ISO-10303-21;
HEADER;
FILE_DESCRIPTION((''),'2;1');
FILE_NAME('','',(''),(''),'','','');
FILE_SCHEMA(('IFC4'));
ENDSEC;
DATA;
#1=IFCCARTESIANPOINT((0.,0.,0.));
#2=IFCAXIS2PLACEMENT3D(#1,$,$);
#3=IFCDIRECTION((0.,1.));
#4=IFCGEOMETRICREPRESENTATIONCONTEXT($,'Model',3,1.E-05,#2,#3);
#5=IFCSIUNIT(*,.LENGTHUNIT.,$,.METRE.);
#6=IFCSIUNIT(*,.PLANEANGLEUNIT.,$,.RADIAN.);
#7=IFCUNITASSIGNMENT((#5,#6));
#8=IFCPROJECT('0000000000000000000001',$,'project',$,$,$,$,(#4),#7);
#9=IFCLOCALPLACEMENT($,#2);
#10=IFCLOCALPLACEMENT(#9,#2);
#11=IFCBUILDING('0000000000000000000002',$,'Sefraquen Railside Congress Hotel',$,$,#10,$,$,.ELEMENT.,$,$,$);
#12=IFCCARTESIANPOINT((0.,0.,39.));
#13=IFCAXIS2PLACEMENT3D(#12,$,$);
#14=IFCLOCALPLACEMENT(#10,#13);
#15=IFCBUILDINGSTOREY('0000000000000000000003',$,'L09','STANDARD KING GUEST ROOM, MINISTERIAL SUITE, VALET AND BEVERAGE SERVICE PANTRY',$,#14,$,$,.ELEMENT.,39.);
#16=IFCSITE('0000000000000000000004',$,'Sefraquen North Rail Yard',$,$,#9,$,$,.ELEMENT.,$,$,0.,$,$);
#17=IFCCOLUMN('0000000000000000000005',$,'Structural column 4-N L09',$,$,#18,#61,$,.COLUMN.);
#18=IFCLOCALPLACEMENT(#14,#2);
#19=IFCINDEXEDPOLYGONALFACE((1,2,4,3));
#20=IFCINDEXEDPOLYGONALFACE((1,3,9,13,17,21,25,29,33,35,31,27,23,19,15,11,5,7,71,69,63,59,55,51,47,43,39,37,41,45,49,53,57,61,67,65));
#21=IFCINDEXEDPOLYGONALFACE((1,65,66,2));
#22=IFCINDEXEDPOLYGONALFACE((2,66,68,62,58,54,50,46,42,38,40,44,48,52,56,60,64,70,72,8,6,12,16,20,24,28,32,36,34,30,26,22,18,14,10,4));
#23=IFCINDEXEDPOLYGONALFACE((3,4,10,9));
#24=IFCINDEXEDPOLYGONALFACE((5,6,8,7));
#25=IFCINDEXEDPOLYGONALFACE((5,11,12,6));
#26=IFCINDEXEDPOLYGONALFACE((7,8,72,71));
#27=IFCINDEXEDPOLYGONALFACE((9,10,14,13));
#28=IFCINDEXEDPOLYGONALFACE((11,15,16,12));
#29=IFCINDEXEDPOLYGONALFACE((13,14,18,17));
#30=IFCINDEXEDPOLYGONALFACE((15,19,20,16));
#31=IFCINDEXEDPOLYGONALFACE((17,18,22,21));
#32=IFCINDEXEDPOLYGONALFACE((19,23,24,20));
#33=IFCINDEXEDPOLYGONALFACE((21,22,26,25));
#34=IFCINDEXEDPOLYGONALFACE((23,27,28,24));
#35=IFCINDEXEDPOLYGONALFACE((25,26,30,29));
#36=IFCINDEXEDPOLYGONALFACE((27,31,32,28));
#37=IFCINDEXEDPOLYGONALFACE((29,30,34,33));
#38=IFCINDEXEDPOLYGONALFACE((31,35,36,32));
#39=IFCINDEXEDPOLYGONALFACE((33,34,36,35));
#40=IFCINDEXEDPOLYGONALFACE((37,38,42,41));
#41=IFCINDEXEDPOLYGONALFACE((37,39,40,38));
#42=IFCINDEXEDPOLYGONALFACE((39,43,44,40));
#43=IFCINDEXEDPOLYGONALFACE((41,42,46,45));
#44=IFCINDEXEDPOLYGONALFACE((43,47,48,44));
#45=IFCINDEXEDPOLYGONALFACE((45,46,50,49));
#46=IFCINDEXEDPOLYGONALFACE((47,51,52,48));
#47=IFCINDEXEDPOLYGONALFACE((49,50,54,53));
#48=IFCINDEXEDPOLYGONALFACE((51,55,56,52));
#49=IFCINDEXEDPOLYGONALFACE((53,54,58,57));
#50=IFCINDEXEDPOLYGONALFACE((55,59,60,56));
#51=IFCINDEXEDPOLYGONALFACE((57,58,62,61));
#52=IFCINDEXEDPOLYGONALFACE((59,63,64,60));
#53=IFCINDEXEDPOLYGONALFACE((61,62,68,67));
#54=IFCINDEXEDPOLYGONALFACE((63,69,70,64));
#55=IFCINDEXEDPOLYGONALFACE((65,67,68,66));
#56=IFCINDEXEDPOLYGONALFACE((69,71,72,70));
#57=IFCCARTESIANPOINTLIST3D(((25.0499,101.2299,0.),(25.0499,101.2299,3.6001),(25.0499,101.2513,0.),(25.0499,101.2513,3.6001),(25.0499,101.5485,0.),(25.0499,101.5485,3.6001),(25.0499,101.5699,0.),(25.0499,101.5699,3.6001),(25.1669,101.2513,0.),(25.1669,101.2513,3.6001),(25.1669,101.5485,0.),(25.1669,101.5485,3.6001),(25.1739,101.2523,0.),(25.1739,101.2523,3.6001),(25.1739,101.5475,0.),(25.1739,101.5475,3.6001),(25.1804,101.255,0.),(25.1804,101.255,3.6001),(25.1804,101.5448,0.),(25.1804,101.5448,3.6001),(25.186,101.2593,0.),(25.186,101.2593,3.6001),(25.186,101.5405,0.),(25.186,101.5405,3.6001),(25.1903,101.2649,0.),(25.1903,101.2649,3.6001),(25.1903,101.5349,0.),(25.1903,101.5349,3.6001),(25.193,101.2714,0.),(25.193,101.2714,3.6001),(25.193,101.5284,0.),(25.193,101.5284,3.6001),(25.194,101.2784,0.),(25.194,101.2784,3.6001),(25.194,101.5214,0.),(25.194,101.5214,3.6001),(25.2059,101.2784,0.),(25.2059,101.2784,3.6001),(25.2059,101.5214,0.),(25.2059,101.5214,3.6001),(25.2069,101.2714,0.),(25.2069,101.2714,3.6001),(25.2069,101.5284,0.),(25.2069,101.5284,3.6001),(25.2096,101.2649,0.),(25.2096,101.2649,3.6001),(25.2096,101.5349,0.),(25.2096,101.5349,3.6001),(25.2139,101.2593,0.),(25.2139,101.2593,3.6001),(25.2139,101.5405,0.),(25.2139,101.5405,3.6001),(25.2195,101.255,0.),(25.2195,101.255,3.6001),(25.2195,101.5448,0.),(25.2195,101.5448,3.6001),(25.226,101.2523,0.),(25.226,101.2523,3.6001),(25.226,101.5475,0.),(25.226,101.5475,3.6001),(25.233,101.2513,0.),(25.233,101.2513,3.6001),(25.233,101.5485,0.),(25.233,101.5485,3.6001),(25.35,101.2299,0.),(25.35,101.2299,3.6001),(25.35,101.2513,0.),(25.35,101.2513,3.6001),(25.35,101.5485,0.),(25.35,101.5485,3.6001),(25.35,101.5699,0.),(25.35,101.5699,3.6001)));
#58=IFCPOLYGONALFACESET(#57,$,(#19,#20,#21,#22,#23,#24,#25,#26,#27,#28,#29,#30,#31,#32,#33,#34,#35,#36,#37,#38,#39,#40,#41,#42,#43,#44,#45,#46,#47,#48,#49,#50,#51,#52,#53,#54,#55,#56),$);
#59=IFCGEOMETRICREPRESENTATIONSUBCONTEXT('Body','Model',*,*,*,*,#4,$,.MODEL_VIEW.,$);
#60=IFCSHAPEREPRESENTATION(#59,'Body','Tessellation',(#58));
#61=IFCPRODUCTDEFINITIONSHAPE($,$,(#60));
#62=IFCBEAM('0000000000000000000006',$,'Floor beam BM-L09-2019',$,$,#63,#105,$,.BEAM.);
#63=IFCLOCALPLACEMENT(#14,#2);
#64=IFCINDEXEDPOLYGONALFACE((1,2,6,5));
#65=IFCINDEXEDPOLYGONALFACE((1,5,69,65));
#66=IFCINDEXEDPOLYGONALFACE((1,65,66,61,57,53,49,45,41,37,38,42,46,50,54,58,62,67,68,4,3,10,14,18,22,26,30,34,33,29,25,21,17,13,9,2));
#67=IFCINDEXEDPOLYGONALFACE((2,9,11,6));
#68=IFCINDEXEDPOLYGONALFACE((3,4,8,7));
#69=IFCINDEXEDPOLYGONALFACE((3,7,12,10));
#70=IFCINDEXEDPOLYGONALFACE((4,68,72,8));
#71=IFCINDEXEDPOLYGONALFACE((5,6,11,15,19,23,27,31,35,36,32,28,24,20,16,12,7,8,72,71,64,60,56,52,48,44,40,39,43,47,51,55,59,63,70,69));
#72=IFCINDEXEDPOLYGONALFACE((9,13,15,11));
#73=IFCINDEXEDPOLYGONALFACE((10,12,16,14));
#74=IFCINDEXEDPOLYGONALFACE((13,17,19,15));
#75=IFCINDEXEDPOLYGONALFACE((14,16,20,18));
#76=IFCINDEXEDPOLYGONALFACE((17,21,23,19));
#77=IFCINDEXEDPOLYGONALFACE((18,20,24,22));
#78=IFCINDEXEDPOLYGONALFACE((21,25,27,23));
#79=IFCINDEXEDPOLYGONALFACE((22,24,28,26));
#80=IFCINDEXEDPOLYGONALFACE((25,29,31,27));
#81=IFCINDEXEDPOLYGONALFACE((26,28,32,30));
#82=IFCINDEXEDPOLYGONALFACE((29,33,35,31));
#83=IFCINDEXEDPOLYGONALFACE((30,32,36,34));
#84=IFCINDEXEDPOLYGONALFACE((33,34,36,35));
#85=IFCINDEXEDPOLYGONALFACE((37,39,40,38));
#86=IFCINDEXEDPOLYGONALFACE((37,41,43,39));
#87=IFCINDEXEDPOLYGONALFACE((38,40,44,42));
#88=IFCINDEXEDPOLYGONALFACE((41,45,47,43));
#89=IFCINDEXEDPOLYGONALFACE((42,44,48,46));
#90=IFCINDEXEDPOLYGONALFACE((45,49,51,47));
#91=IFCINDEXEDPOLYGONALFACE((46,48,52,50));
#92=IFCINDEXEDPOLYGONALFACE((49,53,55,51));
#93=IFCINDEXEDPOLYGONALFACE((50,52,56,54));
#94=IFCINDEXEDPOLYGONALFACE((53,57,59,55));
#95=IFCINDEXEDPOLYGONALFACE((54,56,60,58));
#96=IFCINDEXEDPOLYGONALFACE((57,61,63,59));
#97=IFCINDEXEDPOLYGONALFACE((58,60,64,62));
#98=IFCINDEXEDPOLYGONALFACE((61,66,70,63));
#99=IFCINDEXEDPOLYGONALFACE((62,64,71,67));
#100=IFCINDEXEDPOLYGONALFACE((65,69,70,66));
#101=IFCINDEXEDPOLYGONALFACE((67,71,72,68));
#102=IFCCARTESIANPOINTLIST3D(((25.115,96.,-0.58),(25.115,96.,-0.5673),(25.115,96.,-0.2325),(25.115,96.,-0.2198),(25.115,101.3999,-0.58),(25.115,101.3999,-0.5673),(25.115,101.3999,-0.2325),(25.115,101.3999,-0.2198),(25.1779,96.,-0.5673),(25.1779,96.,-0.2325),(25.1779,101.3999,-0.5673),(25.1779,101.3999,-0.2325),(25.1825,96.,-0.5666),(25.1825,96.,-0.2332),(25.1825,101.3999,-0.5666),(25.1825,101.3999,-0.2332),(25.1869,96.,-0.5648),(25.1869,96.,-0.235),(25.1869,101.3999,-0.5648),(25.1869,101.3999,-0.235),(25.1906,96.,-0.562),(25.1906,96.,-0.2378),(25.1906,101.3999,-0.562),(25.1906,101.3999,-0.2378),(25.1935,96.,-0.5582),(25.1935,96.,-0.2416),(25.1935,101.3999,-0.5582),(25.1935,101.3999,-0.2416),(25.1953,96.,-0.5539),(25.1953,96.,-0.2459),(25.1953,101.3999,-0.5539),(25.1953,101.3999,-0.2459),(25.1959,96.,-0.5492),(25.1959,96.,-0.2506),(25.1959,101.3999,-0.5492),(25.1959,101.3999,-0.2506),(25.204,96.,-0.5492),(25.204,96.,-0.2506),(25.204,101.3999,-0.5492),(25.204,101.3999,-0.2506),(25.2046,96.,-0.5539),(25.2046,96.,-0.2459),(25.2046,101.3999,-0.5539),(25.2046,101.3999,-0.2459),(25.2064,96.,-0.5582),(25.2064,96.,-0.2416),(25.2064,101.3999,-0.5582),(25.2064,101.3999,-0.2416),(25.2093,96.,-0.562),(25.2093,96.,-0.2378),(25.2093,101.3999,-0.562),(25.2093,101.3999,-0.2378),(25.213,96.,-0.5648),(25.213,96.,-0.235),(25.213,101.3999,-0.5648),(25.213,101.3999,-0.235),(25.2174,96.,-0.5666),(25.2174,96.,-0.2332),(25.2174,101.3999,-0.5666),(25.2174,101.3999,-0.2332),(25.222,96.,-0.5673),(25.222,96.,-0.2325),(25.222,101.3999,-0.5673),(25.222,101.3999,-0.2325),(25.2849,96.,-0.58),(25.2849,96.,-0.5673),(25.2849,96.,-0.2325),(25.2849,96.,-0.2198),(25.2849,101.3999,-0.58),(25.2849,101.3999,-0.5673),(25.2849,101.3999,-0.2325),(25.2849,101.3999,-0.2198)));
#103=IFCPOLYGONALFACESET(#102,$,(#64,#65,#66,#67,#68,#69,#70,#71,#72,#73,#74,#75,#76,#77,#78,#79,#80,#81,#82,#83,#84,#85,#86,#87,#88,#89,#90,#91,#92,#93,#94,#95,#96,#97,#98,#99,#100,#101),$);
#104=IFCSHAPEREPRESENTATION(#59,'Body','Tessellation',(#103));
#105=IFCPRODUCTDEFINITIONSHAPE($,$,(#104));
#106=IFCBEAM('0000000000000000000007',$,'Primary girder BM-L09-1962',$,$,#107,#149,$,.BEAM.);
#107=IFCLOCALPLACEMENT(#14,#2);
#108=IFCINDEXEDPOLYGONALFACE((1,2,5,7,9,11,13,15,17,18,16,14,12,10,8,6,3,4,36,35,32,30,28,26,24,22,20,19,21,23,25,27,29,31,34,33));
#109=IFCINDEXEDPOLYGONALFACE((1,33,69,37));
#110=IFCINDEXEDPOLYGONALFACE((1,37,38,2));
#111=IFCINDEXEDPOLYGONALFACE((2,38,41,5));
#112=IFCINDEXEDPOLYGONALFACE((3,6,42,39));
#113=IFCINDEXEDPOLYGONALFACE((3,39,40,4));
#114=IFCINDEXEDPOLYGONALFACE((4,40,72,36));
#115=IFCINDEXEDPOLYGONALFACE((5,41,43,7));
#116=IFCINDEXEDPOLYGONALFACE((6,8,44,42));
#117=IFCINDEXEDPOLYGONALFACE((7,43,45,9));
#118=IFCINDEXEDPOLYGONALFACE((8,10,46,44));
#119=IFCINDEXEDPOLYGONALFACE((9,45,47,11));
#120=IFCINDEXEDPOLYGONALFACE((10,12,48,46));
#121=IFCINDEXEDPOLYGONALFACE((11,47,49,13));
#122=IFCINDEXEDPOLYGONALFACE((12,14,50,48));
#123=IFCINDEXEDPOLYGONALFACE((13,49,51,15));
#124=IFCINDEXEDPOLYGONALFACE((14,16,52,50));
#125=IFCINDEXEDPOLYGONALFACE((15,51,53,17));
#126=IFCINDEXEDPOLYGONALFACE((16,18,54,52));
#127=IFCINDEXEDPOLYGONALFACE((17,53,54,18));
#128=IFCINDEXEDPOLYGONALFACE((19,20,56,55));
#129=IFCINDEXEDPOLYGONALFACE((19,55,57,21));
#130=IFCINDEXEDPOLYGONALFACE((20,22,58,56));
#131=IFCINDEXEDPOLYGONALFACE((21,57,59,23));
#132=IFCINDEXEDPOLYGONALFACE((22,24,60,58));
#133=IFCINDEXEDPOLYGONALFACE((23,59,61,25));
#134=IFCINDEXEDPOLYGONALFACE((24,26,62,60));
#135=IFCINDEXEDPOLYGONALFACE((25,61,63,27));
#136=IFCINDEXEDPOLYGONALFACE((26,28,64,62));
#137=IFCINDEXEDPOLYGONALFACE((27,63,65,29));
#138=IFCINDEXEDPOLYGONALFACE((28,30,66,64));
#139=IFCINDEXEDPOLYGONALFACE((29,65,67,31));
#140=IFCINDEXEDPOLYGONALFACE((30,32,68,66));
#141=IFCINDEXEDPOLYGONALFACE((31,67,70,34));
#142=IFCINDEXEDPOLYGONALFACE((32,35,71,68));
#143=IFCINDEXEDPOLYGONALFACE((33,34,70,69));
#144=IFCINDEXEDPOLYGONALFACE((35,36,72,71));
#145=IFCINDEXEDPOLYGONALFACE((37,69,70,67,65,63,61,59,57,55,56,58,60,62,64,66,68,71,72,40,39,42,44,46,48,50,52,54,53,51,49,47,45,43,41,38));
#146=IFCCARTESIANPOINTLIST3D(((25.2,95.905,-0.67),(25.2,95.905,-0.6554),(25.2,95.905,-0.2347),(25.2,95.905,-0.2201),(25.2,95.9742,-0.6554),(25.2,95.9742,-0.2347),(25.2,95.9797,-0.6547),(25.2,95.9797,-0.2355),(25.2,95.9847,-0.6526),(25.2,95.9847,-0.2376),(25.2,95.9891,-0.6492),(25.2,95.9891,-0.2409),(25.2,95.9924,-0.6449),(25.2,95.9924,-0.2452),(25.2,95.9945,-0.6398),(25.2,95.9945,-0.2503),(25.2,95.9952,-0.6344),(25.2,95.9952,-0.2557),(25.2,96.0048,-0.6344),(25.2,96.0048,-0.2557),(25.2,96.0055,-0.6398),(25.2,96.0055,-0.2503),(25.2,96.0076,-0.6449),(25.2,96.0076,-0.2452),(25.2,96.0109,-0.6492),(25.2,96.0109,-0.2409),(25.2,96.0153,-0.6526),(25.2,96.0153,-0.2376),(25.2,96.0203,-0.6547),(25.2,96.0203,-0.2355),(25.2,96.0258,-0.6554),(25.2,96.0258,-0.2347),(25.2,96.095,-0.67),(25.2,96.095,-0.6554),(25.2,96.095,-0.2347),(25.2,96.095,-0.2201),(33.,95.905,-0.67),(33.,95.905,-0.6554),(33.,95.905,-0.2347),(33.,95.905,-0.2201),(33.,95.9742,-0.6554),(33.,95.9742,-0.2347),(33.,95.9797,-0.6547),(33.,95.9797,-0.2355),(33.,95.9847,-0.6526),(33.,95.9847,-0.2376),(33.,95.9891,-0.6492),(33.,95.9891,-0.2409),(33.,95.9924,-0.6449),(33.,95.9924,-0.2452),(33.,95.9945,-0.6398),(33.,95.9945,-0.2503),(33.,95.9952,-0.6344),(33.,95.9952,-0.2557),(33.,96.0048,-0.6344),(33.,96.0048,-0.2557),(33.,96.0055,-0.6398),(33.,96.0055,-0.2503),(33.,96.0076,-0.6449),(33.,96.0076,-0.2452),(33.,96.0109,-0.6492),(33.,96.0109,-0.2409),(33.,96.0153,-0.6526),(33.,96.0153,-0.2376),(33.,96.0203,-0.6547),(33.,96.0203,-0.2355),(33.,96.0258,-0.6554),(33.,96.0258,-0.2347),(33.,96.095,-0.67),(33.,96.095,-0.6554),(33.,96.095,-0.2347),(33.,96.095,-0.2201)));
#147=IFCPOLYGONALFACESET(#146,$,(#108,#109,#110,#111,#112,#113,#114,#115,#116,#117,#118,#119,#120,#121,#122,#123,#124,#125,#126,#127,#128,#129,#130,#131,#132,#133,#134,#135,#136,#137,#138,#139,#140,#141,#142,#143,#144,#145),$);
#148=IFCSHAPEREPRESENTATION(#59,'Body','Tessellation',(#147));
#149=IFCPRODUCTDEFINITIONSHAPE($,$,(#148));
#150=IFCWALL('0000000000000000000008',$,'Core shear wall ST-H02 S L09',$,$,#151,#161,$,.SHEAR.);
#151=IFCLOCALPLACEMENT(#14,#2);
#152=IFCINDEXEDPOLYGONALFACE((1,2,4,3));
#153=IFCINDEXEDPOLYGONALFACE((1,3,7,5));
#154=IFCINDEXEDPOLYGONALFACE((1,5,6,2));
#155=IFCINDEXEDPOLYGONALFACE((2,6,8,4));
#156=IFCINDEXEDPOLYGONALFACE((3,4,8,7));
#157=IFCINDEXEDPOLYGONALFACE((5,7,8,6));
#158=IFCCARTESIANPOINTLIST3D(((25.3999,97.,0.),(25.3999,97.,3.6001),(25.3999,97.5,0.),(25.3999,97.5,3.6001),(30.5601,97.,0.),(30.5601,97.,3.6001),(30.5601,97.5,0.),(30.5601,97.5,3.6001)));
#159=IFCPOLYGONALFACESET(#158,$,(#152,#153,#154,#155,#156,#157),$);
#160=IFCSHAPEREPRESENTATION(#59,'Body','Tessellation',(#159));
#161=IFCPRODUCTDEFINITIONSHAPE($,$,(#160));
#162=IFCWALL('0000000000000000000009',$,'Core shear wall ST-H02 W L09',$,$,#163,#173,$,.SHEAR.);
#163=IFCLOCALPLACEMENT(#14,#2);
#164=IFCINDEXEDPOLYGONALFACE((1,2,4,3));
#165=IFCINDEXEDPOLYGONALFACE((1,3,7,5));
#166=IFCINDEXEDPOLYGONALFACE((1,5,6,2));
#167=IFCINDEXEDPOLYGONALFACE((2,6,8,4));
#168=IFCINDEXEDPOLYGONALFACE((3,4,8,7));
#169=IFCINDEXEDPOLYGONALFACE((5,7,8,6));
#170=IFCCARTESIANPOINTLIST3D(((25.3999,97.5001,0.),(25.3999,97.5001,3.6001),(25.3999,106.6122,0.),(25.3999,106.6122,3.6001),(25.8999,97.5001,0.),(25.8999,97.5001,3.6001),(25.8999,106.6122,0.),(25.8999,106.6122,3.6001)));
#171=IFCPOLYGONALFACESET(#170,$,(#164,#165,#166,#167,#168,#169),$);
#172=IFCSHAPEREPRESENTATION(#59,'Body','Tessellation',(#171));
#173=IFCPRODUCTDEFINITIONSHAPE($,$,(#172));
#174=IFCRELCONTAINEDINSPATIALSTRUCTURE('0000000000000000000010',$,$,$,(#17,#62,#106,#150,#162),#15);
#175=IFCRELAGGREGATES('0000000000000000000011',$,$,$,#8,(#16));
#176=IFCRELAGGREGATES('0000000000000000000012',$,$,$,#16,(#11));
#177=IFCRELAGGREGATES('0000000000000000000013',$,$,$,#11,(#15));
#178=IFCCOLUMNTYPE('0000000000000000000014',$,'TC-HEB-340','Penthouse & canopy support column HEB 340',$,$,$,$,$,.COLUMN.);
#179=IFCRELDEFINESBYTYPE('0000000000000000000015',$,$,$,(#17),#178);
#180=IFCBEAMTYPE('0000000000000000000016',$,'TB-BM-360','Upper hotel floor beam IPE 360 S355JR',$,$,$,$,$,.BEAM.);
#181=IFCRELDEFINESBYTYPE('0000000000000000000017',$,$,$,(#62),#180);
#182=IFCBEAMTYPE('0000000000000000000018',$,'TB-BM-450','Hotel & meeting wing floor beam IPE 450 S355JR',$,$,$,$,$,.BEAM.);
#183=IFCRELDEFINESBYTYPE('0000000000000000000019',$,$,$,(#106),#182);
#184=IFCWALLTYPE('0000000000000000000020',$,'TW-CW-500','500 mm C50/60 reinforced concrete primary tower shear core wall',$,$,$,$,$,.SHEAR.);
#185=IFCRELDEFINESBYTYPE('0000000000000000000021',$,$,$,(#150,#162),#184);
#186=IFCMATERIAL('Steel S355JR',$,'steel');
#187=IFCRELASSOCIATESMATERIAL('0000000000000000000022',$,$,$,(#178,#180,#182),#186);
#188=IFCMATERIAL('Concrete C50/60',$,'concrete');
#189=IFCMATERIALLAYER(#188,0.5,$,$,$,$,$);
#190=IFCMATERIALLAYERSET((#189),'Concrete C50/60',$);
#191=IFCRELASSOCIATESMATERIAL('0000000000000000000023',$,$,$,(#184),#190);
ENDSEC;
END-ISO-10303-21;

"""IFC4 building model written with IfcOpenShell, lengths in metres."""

from ifc_helpers import new_model, si_unit, direction, frame, frame_2d, origin, origin_2d, place, context, subcontext, project, spatial, rectangle, i_section, extrude, material, layer, layer_set, material_profile, profile_set, type_object, element, save


model = new_model("IFC4")

# Units and contexts
model_context = context("Model", 3, precision=1e-05, world=origin(), true_north=direction((0.0, 1.0)))
body_context = subcontext(model_context, "Body", "Model", "MODEL_VIEW")
ifc_project = project(units=[si_unit("LENGTHUNIT", "METRE"), si_unit("PLANEANGLEUNIT", "RADIAN")], contexts=[model_context])

# Site, building, storey
site_placement = place(None, origin())
site = spatial("IfcSite", under=ifc_project, at=site_placement, Name="Sefraquen North Rail Yard", CompositionType="ELEMENT", RefElevation=0.0)
building_placement = place(site_placement, origin())
building = spatial("IfcBuilding", under=site, at=building_placement, Name="Sefraquen Railside Congress Hotel", CompositionType="ELEMENT")
storey_placement = place(building_placement, frame((0.0, 0.0, 39.0)))
storey = spatial("IfcBuildingStorey", under=building, at=storey_placement, Name="L09", Description="STANDARD KING GUEST ROOM, MINISTERIAL SUITE, VALET AND BEVERAGE SERVICE PANTRY", CompositionType="ELEMENT", Elevation=39.0)

# Column
ifc_material_1 = material(Name="Steel S355JR", Category="steel")
ifc_material_profile_1 = material_profile(ifc_material_1, i_section(OverallWidth=0.3, OverallDepth=0.3401, WebThickness=0.012, FlangeThickness=0.0215, FilletRadius=0.0271, at=origin_2d()), Name="HEB 340")
ifc_profile_set_1 = profile_set([ifc_material_profile_1], Name="Steel S355JR")
column_type = type_object("IfcColumnType", Name="TC-HEB-340", Description="Penthouse & canopy support column HEB 340", PredefinedType="COLUMN", material=ifc_profile_set_1)
column_placement = place(storey_placement, frame((25.2, 101.3999, 0.0), z_axis=(0.0, 0.0, 1.0), x_axis=(1.0, 0.0, 0.0)))
element("IfcColumn", 1, at=column_placement, inside=storey, type_object=column_type, Name="Structural column 4-N L09", PredefinedType="COLUMN", context=body_context, shape_type="SweptSolid", body=[
    extrude(i_section(OverallWidth=0.3, OverallDepth=0.3401, WebThickness=0.012, FlangeThickness=0.0215, FilletRadius=0.0271, at=origin_2d()), origin(), (0.0, 0.0, 1.0), 3.6001),
])

# Beams
ifc_material_profile_2 = material_profile(ifc_material_1, i_section(OverallWidth=0.1699, OverallDepth=0.3601, WebThickness=0.0081, FlangeThickness=0.0127, FilletRadius=0.0181, at=origin_2d()), Name="IPE 360")
ifc_profile_set_2 = profile_set([ifc_material_profile_2], Name="Steel S355JR")
beam_type_1 = type_object("IfcBeamType", Name="TB-BM-360", Description="Upper hotel floor beam IPE 360 S355JR", PredefinedType="BEAM", material=ifc_profile_set_2)
beam_1_placement = place(storey_placement, frame((25.2, 96.0, -0.3999), z_axis=(0.0, 1.0, 0.0), x_axis=(-1.0, 0.0, 0.0)))
element("IfcBeam", 2, at=beam_1_placement, inside=storey, type_object=beam_type_1, Name="Floor beam BM-L09-2019", PredefinedType="BEAM", context=body_context, shape_type="SweptSolid", body=[
    extrude(i_section(OverallWidth=0.1699, OverallDepth=0.3601, WebThickness=0.0081, FlangeThickness=0.0127, FilletRadius=0.0181, at=origin_2d()), origin(), (0.0, 0.0, 1.0), 5.3999),
])
ifc_material_profile_3 = material_profile(ifc_material_1, i_section(OverallWidth=0.1899, OverallDepth=0.45, WebThickness=0.0095, FlangeThickness=0.0146, FilletRadius=0.021, at=origin_2d()), Name="IPE 450")
ifc_profile_set_3 = profile_set([ifc_material_profile_3], Name="Steel S355JR")
beam_type_2 = type_object("IfcBeamType", Name="TB-BM-450", Description="Hotel & meeting wing floor beam IPE 450 S355JR", PredefinedType="BEAM", material=ifc_profile_set_3)
beam_2_placement = place(storey_placement, frame((25.2, 96.0, -0.4451), z_axis=(1.0, 0.0, 0.0), x_axis=(0.0, 1.0, 0.0)))
element("IfcBeam", 3, at=beam_2_placement, inside=storey, type_object=beam_type_2, Name="Primary girder BM-L09-1962", PredefinedType="BEAM", context=body_context, shape_type="SweptSolid", body=[
    extrude(i_section(OverallWidth=0.1899, OverallDepth=0.45, WebThickness=0.0095, FlangeThickness=0.0146, FilletRadius=0.021, at=origin_2d()), origin(), (0.0, 0.0, 1.0), 7.8),
])

# Walls
ifc_material_2 = material(Name="Concrete C50/60", Category="concrete")
ifc_layer_1 = layer(ifc_material_2, 0.5)
ifc_layer_set_1 = layer_set([ifc_layer_1], Name="Concrete C50/60")
wall_type_1 = type_object("IfcWallType", Name="TW-CW-500", Description="500 mm C50/60 reinforced concrete primary tower shear core wall", PredefinedType="SHEAR", material=ifc_layer_set_1)
wall_1_placement = place(storey_placement, frame((25.3999, 97.25, 0.0), z_axis=(0.0, 0.0, 1.0), x_axis=(1.0, 0.0, 0.0)))
element("IfcWall", 4, at=wall_1_placement, inside=storey, type_object=wall_type_1, Name="Core shear wall ST-H02 S L09", PredefinedType="SHEAR", context=body_context, shape_type="SweptSolid", body=[
    extrude(rectangle(XDim=5.1602, YDim=0.5, at=frame_2d((2.5801, 0.0))), origin(), (0.0, 0.0, 1.0), 3.6001),
])
wall_2_placement = place(storey_placement, frame((25.6499, 97.5, 0.0), z_axis=(0.0, 0.0, 1.0), x_axis=(0.0, 1.0, 0.0)))
element("IfcWall", 5, at=wall_2_placement, inside=storey, type_object=wall_type_1, Name="Core shear wall ST-H02 W L09", PredefinedType="SHEAR", context=body_context, shape_type="SweptSolid", body=[
    extrude(rectangle(XDim=9.1121, YDim=0.5, at=frame_2d((4.5562, 0.0))), origin(), (0.0, 0.0, 1.0), 3.6001),
])

save(model, "model.ifc")
